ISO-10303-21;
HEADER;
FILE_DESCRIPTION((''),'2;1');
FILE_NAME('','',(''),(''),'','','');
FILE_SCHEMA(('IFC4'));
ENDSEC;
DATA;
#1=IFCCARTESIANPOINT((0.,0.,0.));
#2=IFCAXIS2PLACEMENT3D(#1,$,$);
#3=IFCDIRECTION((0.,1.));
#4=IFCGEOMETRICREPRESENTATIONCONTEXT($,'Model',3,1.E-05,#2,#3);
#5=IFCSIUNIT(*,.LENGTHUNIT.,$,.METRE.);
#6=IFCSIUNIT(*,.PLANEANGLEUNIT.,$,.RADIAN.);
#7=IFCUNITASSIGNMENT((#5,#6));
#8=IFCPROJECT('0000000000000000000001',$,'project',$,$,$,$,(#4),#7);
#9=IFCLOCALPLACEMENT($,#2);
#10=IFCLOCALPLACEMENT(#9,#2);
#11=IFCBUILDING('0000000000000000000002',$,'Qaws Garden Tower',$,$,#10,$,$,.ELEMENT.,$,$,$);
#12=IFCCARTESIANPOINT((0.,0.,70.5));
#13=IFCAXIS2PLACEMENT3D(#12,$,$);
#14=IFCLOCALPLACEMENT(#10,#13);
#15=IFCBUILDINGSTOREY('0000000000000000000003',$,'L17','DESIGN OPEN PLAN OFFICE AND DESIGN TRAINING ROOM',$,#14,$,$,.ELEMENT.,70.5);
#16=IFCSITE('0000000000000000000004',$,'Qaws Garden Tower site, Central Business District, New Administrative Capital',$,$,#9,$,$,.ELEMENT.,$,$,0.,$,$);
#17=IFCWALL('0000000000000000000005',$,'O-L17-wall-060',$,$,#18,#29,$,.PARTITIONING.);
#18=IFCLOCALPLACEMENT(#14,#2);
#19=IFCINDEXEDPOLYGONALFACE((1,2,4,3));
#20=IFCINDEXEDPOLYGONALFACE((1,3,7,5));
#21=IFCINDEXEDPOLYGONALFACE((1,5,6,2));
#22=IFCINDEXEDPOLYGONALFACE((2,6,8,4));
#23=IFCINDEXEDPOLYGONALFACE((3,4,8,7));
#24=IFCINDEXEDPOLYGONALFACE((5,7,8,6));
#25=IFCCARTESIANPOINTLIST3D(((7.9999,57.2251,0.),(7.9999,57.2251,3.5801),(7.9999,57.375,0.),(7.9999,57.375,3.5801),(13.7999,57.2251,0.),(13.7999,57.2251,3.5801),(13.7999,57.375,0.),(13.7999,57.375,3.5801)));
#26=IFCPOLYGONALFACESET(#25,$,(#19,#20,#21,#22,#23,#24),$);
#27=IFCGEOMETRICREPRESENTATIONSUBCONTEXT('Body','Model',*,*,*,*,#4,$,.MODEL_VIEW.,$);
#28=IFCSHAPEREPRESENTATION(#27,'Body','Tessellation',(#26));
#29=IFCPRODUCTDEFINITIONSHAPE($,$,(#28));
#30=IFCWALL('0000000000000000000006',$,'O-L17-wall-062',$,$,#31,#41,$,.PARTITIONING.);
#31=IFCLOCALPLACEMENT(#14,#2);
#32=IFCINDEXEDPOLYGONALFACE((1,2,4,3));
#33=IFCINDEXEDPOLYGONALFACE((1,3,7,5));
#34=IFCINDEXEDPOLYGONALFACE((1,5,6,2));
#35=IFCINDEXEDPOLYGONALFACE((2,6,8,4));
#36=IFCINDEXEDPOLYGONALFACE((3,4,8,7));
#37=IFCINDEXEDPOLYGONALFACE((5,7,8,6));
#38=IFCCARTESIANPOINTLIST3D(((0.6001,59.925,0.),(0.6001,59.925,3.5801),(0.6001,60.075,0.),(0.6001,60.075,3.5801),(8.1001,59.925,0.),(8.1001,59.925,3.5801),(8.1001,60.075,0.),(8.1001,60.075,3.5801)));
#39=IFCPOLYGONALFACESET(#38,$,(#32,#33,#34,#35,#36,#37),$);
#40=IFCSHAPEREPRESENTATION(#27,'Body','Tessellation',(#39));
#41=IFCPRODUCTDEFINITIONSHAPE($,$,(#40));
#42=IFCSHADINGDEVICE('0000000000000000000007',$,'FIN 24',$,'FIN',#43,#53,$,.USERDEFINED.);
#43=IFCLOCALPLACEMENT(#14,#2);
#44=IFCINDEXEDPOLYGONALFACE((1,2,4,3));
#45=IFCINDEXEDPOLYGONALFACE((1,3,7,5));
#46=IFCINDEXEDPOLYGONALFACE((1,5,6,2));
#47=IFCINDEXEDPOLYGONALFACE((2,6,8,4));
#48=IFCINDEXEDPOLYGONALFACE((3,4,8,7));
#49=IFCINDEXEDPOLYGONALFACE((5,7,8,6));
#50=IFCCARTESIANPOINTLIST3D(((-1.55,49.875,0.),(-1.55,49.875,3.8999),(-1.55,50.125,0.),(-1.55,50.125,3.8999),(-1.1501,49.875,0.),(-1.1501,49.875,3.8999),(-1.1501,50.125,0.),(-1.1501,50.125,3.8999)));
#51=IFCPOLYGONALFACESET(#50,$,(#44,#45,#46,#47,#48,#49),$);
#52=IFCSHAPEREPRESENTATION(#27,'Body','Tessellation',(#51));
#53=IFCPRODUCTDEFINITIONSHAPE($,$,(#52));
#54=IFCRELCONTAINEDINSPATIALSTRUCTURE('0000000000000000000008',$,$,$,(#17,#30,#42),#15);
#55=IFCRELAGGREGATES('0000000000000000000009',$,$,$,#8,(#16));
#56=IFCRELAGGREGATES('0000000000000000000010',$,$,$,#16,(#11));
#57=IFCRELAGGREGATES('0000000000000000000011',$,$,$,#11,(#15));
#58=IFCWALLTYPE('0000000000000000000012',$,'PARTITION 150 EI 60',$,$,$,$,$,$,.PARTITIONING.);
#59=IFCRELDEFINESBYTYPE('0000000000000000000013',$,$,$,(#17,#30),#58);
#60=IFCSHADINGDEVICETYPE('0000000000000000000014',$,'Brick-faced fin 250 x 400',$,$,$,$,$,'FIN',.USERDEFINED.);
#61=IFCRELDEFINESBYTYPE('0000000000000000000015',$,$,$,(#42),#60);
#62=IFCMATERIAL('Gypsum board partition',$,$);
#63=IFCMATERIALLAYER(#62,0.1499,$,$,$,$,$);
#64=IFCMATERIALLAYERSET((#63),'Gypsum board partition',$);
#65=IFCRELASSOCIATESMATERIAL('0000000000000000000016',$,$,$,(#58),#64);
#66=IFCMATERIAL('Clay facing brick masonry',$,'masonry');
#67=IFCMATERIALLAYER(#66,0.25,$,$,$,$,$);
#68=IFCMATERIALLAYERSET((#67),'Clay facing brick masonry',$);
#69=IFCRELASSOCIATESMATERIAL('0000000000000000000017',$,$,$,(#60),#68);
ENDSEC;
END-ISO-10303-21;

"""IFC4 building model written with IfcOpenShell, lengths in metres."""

from ifc_helpers import new_model, si_unit, direction, frame, frame_2d, origin, origin_2d, place, context, subcontext, project, spatial, rectangle, extrude, material, layer, layer_set, type_object, element, save


model = new_model("IFC4")

# Units and contexts
model_context = context("Model", 3, precision=1e-05, world=origin(), true_north=direction((0.0, 1.0)))
body_context = subcontext(model_context, "Body", "Model", "MODEL_VIEW")
ifc_project = project(units=[si_unit("LENGTHUNIT", "METRE"), si_unit("PLANEANGLEUNIT", "RADIAN")], contexts=[model_context])

# Site, building, storey
site_placement = place(None, origin())
site = spatial("IfcSite", under=ifc_project, at=site_placement, Name="Qaws Garden Tower site, Central Business District, New Administrative Capital", CompositionType="ELEMENT", RefElevation=0.0)
building_placement = place(site_placement, origin())
building = spatial("IfcBuilding", under=site, at=building_placement, Name="Qaws Garden Tower", CompositionType="ELEMENT")
storey_placement = place(building_placement, frame((0.0, 0.0, 70.5)))
storey = spatial("IfcBuildingStorey", under=building, at=storey_placement, Name="L17", Description="DESIGN OPEN PLAN OFFICE AND DESIGN TRAINING ROOM", CompositionType="ELEMENT", Elevation=70.5)

# Shared definitions
ifc_material_1 = material(Name="Gypsum board partition")
ifc_layer_1 = layer(ifc_material_1, 0.1499)
ifc_layer_set_1 = layer_set([ifc_layer_1], Name="Gypsum board partition")
wall_type_1 = type_object("IfcWallType", Name="PARTITION 150 EI 60", PredefinedType="PARTITIONING", material=ifc_layer_set_1)

# Walls
wall_1_placement = place(storey_placement, frame((8.0, 57.3, 0.0), z_axis=(0.0, 0.0, 1.0), x_axis=(1.0, 0.0, 0.0)))
element("IfcWall", 1, at=wall_1_placement, inside=storey, type_object=wall_type_1, Name="O-L17-wall-060", PredefinedType="PARTITIONING", context=body_context, shape_type="SweptSolid", body=[
    extrude(rectangle(XDim=5.8, YDim=0.1499, at=frame_2d((2.8999, 0.0))), origin(), (0.0, 0.0, 1.0), 3.5801),
])
wall_2_placement = place(storey_placement, frame((0.6001, 60.0, 0.0), z_axis=(0.0, 0.0, 1.0), x_axis=(1.0, 0.0, 0.0)))
element("IfcWall", 2, at=wall_2_placement, inside=storey, type_object=wall_type_1, Name="O-L17-wall-062", PredefinedType="PARTITIONING", context=body_context, shape_type="SweptSolid", body=[
    extrude(rectangle(XDim=7.5, YDim=0.1499, at=frame_2d((3.75, 0.0))), origin(), (0.0, 0.0, 1.0), 3.5801),
])

# Shading device
ifc_material_2 = material(Name="Clay facing brick masonry", Category="masonry")
ifc_layer_2 = layer(ifc_material_2, 0.25)
ifc_layer_set_2 = layer_set([ifc_layer_2], Name="Clay facing brick masonry")
shading_device_type = type_object("IfcShadingDeviceType", Name="Brick-faced fin 250 x 400", ElementType="FIN", PredefinedType="USERDEFINED", material=ifc_layer_set_2)
shading_device_placement = place(storey_placement, frame((-1.3501, 50.0, 0.0), z_axis=(0.0, 0.0, 1.0), x_axis=(0.0, -1.0, 0.0)))
element("IfcShadingDevice", 3, at=shading_device_placement, inside=storey, type_object=shading_device_type, Name="FIN 24", ObjectType="FIN", PredefinedType="USERDEFINED", context=body_context, shape_type="SweptSolid", body=[
    extrude(rectangle(XDim=0.25, YDim=0.3999, at=origin_2d()), origin(), (0.0, 0.0, 1.0), 3.8999),
])

save(model, "model.ifc")
